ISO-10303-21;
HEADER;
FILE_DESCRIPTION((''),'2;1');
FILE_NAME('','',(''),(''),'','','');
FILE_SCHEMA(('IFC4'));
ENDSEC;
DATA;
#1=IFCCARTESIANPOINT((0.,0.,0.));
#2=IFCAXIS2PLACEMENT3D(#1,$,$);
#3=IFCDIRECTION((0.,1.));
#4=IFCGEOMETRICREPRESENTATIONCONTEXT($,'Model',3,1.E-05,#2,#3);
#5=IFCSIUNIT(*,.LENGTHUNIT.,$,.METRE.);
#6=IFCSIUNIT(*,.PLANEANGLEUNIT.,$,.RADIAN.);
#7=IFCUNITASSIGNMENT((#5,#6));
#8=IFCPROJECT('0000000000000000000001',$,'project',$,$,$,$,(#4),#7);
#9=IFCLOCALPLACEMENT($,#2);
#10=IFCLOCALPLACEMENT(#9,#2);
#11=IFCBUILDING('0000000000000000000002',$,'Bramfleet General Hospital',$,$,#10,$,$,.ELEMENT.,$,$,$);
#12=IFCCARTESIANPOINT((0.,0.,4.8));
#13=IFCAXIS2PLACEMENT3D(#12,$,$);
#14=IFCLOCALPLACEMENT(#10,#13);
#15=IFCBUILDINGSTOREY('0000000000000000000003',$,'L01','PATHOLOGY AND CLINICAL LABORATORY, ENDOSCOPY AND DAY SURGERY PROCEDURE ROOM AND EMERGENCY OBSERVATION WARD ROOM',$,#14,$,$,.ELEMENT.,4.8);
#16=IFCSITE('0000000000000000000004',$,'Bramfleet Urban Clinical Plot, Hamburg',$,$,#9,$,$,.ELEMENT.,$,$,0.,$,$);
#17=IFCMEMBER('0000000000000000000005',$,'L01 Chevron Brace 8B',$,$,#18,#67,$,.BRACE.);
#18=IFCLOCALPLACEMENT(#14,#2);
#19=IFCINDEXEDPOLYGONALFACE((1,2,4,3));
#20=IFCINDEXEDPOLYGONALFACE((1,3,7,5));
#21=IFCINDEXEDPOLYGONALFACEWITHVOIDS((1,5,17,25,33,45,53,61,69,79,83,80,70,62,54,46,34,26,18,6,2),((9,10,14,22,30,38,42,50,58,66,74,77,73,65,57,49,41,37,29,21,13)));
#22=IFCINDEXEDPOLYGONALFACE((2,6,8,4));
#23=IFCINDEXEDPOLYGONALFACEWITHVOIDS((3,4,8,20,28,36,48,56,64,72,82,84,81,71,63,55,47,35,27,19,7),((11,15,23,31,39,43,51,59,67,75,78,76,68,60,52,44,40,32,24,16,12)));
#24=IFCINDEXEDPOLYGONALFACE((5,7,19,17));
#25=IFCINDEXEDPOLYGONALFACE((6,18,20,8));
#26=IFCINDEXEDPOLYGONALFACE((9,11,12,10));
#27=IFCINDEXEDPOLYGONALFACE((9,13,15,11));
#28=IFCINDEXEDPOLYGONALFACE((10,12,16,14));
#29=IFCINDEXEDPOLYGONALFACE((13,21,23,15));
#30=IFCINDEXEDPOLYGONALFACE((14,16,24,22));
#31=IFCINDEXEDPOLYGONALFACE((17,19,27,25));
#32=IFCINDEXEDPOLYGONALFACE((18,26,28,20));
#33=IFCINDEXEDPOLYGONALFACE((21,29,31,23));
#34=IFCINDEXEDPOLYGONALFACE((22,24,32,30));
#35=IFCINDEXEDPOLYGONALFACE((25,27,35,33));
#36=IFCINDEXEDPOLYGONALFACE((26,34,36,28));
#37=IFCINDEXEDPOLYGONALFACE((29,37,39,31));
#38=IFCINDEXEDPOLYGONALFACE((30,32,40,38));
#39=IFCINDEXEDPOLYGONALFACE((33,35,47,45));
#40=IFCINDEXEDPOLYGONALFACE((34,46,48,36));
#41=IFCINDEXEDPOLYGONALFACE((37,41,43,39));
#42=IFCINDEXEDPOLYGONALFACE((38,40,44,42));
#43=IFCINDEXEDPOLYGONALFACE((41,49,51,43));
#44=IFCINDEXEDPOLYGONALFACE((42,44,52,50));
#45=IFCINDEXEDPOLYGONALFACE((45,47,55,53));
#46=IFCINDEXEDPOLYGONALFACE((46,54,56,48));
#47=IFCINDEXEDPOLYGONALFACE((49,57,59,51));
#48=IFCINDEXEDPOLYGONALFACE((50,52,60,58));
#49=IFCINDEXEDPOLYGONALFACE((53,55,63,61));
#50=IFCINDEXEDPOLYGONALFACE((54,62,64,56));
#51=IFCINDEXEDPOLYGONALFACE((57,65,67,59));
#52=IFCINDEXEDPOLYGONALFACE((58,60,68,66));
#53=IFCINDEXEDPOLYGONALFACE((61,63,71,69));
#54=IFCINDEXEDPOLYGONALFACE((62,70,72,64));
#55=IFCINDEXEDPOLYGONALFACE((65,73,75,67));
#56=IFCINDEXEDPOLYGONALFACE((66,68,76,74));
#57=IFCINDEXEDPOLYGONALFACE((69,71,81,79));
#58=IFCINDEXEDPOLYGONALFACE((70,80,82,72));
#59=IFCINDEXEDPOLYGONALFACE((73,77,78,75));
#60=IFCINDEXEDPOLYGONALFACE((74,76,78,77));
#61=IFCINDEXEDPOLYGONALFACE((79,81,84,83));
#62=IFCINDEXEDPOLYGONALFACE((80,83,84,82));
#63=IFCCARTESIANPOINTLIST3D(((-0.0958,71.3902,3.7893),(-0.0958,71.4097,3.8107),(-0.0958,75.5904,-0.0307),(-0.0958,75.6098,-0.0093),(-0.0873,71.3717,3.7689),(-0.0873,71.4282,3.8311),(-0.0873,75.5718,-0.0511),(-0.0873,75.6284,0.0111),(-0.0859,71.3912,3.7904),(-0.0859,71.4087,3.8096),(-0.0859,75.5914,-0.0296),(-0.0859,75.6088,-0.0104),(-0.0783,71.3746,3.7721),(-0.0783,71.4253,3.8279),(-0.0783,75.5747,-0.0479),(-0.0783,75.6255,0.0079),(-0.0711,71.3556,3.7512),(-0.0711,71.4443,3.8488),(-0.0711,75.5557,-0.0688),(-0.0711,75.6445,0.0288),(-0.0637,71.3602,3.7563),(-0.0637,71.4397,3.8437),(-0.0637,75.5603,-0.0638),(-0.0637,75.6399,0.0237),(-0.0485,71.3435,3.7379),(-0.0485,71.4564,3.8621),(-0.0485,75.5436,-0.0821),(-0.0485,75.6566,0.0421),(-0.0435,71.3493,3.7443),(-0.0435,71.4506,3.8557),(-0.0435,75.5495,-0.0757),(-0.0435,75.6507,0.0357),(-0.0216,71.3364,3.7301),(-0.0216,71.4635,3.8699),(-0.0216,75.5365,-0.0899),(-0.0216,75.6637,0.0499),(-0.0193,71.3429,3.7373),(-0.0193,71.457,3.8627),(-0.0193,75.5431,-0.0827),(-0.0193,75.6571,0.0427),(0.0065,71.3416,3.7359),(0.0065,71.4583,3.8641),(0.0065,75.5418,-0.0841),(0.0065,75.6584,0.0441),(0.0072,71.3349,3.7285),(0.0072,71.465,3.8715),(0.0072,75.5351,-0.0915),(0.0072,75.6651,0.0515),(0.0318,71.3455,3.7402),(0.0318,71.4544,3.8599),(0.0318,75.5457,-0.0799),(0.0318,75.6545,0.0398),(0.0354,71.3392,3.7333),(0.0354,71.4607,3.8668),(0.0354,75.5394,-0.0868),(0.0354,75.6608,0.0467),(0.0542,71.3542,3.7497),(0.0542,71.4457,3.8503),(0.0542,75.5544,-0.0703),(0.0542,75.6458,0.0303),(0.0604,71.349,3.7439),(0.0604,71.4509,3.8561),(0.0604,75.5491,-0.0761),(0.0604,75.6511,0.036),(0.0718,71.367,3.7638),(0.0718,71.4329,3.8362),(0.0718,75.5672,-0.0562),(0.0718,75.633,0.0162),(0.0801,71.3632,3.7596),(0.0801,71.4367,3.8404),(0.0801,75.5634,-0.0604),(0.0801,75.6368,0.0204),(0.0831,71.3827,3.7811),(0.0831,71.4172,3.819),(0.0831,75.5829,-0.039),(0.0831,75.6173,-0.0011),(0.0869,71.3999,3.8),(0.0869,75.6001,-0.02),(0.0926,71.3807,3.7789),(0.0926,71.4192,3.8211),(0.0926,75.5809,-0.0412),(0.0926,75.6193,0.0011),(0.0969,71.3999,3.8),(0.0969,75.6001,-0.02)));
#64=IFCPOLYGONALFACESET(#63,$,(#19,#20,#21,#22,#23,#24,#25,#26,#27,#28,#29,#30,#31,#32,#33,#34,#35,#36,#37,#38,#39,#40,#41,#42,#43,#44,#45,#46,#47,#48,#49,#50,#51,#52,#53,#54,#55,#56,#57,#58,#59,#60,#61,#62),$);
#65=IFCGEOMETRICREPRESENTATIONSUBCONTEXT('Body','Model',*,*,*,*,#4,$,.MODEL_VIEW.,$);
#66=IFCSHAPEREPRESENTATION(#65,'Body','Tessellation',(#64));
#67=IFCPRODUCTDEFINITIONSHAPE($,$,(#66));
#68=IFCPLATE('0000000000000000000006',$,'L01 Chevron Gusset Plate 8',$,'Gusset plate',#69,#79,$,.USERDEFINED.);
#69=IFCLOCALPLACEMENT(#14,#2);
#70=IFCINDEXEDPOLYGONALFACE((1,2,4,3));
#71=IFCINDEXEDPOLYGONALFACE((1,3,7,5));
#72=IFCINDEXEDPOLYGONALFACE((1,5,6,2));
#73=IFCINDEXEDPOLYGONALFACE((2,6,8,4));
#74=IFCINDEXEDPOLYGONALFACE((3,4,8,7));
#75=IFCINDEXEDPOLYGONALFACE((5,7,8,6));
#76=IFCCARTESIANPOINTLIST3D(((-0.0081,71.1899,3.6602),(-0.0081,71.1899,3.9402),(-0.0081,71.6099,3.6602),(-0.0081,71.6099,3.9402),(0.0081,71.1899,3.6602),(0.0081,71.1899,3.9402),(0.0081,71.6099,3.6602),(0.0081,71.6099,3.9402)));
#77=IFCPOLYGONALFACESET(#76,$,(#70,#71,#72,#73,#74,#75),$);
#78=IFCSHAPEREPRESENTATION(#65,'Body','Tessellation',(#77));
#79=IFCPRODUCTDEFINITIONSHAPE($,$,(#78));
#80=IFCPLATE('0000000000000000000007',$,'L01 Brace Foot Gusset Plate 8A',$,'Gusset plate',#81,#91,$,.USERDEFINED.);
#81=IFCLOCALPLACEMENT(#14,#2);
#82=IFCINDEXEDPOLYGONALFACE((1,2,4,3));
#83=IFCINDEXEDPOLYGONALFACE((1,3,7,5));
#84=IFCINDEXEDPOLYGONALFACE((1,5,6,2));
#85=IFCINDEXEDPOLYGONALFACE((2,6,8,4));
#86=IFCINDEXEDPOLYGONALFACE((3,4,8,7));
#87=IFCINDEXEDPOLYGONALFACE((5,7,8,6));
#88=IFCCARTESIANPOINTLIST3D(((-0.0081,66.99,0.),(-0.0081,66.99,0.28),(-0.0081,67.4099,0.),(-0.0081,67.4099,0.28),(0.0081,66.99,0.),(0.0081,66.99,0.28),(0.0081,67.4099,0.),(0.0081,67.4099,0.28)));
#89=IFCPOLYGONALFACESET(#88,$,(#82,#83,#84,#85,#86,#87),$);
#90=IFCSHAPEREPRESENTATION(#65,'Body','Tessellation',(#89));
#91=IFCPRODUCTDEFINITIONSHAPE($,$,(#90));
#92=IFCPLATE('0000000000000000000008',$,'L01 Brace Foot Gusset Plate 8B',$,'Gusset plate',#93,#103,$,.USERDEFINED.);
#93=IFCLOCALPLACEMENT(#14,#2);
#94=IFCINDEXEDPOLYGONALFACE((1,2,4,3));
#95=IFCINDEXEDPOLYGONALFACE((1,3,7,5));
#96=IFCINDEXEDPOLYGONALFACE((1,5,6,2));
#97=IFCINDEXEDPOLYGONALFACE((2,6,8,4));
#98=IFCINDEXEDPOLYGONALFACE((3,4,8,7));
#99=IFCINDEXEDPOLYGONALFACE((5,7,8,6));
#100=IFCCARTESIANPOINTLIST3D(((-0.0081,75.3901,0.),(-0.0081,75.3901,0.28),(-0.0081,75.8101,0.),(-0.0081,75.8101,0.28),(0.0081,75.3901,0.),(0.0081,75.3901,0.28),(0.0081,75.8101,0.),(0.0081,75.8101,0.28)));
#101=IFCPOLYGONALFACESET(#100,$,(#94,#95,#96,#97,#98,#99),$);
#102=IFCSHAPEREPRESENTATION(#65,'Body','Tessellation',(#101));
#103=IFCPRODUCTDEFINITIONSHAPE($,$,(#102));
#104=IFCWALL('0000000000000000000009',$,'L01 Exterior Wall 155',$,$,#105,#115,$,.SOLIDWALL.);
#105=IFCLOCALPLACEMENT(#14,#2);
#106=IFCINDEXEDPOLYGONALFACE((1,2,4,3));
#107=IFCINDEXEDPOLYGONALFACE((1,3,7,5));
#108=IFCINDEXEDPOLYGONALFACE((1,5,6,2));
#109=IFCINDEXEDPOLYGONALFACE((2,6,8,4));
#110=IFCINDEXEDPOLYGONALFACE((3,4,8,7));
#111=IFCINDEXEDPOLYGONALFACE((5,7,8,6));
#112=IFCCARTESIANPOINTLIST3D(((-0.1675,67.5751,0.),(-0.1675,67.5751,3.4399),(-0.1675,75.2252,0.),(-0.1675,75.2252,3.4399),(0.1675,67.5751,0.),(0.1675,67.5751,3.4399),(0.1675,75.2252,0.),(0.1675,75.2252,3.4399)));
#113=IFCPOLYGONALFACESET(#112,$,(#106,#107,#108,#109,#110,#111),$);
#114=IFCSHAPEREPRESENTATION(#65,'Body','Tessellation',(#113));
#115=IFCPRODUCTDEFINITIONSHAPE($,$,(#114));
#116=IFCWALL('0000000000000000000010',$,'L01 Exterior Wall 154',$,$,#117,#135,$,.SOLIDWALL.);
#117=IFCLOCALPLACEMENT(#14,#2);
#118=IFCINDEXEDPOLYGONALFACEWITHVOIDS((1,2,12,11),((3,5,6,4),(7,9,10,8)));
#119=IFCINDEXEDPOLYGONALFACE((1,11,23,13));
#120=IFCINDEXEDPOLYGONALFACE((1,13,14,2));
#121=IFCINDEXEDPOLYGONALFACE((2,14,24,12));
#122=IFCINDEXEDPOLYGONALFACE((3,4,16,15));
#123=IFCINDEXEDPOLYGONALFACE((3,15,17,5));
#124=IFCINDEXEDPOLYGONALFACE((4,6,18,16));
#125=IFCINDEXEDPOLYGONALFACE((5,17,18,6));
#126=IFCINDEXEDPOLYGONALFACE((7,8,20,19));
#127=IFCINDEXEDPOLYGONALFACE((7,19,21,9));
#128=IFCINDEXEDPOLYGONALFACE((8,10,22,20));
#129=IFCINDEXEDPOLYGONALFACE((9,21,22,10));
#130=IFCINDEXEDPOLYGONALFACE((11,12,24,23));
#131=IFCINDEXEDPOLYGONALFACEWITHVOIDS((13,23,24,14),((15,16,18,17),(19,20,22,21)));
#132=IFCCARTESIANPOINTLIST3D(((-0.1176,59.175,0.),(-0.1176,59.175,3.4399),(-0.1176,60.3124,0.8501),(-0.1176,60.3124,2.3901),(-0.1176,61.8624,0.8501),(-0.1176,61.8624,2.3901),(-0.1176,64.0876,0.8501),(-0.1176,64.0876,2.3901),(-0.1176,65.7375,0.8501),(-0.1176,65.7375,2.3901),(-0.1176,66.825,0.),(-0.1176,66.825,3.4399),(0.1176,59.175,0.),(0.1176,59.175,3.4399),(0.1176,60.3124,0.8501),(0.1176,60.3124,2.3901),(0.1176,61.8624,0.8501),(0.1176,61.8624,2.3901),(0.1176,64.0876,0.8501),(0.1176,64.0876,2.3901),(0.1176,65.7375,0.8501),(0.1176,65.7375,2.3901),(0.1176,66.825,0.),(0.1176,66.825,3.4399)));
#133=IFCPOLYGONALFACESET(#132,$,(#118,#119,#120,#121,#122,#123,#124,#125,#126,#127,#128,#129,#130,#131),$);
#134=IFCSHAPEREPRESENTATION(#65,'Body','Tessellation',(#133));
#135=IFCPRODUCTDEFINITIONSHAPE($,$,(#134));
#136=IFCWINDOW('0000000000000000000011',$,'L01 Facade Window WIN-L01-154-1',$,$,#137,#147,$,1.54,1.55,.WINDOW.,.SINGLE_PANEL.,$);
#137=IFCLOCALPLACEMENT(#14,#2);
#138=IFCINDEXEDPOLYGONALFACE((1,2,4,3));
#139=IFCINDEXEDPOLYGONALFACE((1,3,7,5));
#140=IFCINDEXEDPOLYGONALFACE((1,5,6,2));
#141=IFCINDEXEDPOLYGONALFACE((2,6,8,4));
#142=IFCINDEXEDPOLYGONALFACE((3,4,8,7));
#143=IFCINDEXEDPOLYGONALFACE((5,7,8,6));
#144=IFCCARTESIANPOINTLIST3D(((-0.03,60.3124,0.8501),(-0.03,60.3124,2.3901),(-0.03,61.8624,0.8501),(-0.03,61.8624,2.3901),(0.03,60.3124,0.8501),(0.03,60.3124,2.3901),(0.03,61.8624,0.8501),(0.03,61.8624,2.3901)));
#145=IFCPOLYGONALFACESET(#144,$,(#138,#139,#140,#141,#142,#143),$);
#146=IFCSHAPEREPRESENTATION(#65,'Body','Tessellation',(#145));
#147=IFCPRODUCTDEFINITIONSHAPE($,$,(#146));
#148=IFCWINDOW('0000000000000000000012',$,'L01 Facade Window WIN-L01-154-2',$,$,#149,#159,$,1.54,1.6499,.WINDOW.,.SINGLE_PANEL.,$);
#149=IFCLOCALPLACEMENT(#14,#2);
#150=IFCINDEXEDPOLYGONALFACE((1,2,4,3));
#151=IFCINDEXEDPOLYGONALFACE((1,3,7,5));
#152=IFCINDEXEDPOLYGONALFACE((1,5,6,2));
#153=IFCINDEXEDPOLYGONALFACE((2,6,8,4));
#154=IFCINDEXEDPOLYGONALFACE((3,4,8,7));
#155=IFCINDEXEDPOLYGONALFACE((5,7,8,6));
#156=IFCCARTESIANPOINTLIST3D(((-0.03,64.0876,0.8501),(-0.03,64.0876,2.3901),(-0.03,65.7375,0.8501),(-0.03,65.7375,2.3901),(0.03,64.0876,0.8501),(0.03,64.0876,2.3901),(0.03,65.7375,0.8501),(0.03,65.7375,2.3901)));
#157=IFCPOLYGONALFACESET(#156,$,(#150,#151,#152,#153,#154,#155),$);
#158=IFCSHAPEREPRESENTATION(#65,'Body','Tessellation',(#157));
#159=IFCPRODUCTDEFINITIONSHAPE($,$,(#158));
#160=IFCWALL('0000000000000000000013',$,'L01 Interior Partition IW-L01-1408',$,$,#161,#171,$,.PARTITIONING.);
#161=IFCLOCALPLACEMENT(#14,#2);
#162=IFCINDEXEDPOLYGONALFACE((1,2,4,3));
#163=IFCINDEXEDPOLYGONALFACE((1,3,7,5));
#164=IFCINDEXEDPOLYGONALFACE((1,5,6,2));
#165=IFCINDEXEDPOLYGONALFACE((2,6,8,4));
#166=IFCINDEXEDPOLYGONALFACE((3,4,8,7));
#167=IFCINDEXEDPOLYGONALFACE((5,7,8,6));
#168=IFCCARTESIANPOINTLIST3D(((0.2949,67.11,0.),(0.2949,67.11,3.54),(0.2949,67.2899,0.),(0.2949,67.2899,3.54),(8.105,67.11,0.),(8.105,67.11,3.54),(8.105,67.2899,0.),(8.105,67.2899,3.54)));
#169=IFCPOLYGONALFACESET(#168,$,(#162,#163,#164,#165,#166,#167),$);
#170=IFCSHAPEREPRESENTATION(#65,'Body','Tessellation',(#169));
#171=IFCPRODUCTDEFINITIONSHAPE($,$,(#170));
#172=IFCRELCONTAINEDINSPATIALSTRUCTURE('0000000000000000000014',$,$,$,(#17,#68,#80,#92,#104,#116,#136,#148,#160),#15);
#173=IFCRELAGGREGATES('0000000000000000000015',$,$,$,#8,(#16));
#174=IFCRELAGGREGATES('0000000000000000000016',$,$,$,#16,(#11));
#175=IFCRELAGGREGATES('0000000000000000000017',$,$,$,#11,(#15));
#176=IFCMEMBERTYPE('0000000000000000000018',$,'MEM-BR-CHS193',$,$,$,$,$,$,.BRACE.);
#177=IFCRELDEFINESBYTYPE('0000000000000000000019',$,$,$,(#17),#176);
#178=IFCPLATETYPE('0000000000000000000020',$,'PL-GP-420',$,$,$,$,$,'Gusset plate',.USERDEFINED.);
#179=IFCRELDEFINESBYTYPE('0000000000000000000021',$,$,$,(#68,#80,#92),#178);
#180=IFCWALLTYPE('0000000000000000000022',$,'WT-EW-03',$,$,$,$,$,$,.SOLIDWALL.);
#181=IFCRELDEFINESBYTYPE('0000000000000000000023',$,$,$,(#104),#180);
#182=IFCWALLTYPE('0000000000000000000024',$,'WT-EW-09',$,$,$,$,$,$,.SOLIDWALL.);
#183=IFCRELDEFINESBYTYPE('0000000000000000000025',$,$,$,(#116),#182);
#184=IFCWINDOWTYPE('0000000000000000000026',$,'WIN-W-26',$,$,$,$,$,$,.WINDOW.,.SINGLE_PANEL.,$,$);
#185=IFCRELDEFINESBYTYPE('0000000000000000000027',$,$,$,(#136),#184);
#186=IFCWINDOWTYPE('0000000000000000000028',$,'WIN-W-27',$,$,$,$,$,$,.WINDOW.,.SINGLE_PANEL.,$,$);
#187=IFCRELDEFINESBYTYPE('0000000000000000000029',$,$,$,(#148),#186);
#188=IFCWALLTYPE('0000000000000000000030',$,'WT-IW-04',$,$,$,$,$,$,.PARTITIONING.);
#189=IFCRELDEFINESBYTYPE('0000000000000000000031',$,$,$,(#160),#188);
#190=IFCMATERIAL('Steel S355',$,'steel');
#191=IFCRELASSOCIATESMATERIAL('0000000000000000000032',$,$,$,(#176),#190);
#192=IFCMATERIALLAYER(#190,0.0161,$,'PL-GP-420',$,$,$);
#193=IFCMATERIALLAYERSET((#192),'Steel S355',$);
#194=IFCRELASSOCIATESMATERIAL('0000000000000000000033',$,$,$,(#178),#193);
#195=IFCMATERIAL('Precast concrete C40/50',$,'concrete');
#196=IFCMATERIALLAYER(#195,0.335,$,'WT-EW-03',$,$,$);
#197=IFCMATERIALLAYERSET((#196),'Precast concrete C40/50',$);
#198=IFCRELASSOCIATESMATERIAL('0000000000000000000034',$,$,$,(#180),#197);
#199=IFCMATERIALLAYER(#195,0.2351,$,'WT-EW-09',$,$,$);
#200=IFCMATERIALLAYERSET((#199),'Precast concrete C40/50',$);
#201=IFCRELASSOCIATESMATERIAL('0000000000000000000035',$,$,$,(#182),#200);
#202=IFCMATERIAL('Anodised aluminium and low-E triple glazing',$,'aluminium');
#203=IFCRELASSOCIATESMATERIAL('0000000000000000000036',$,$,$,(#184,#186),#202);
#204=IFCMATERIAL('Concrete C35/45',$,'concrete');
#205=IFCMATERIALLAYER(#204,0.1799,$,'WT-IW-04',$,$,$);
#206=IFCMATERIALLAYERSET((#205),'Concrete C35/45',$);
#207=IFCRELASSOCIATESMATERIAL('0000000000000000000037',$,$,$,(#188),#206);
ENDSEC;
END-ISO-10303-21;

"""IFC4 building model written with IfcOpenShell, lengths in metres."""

from ifc_helpers import new_model, si_unit, direction, frame, frame_2d, origin, origin_2d, place, context, subcontext, project, spatial, rectangle, hollow_circle, extrude, material, layer, layer_set, material_profile, profile_set, type_object, element, fill, save


model = new_model("IFC4")

# Units and contexts
model_context = context("Model", 3, precision=1e-05, world=origin(), true_north=direction((0.0, 1.0)))
body_context = subcontext(model_context, "Body", "Model", "MODEL_VIEW")
ifc_project = project(units=[si_unit("LENGTHUNIT", "METRE"), si_unit("PLANEANGLEUNIT", "RADIAN")], contexts=[model_context])

# Site, building, storey
site_placement = place(None, origin())
site = spatial("IfcSite", under=ifc_project, at=site_placement, Name="Bramfleet Urban Clinical Plot, Hamburg", CompositionType="ELEMENT", RefElevation=0.0)
building_placement = place(site_placement, origin())
building = spatial("IfcBuilding", under=site, at=building_placement, Name="Bramfleet General Hospital", CompositionType="ELEMENT")
storey_placement = place(building_placement, frame((0.0, 0.0, 4.8)))
storey = spatial("IfcBuildingStorey", under=building, at=storey_placement, Name="L01", Description="PATHOLOGY AND CLINICAL LABORATORY, ENDOSCOPY AND DAY SURGERY PROCEDURE ROOM AND EMERGENCY OBSERVATION WARD ROOM", CompositionType="ELEMENT", Elevation=4.8)

# Shared definitions
ifc_material_1 = material(Name="Concrete C35/45", Category="concrete")

# Member
ifc_material_2 = material(Name="Steel S355", Category="steel")
ifc_material_profile_1 = material_profile(ifc_material_2, hollow_circle(Radius=0.0969, WallThickness=0.01, at=origin_2d()), Name="CHS 193.7x10.0")
ifc_profile_set_1 = profile_set([ifc_material_profile_1], Name="Steel S355")
member_type = type_object("IfcMemberType", Name="MEM-BR-CHS193", PredefinedType="BRACE", material=ifc_profile_set_1)
for number, where, z_axis, x_axis, name in (
    (1, (0.0, 75.6001, -0.02), (0.0, -0.73979, 0.672838), (1.0, 0.0, 0.0), "L01 Chevron Brace 8B"),
):
    element("IfcMember", number, at=place(storey_placement, frame(where, z_axis=z_axis, x_axis=x_axis)), inside=storey, type_object=member_type, Name=name, PredefinedType="BRACE", context=body_context, shape_type="SweptSolid", body=[
        extrude(hollow_circle(Radius=0.0969, WallThickness=0.01, at=origin_2d()), origin(), (0.0, 0.0, 1.0), 5.6775),
    ])

# Plates
ifc_layer_1 = layer(ifc_material_2, 0.0161, Name="PL-GP-420")
ifc_layer_set_1 = layer_set([ifc_layer_1], Name="Steel S355")
plate_type = type_object("IfcPlateType", Name="PL-GP-420", ElementType="Gusset plate", PredefinedType="USERDEFINED", material=ifc_layer_set_1)
for number, where, z_axis, x_axis, name in (
    (2, (0.0, 71.3999, 3.6602), (0.0, 0.0, 1.0), (1.0, 0.0, 0.0), "L01 Chevron Gusset Plate 8"),
    (3, (0.0, 67.2, 0.0), (0.0, 0.0, 1.0), (1.0, 0.0, 0.0), "L01 Brace Foot Gusset Plate 8A"),
    (4, (0.0, 75.6001, 0.0), (0.0, 0.0, 1.0), (1.0, 0.0, 0.0), "L01 Brace Foot Gusset Plate 8B"),
):
    element("IfcPlate", number, at=place(storey_placement, frame(where, z_axis=z_axis, x_axis=x_axis)), inside=storey, type_object=plate_type, Name=name, ObjectType="Gusset plate", PredefinedType="USERDEFINED", context=body_context, shape_type="SweptSolid", body=[
        extrude(rectangle(XDim=0.0161, YDim=0.4199, at=origin_2d()), origin(), (0.0, 0.0, 1.0), 0.28),
    ])

# Wall
ifc_material_3 = material(Name="Precast concrete C40/50", Category="concrete")
ifc_layer_2 = layer(ifc_material_3, 0.335, Name="WT-EW-03")
ifc_layer_set_2 = layer_set([ifc_layer_2], Name="Precast concrete C40/50")
wall_type_1 = type_object("IfcWallType", Name="WT-EW-03", PredefinedType="SOLIDWALL", material=ifc_layer_set_2)
wall_1_placement = place(storey_placement, frame((0.0, 67.575, 0.0), z_axis=(0.0, 0.0, 1.0), x_axis=(0.0, 1.0, 0.0)))
element("IfcWall", 5, at=wall_1_placement, inside=storey, type_object=wall_type_1, Name="L01 Exterior Wall 155", PredefinedType="SOLIDWALL", context=body_context, shape_type="SweptSolid", body=[
    extrude(rectangle(XDim=7.6501, YDim=0.335, at=frame_2d((3.8252, 0.0))), origin(), (0.0, 0.0, 1.0), 3.4399),
])

# Wall, openings, windows
ifc_layer_3 = layer(ifc_material_3, 0.2351, Name="WT-EW-09")
ifc_layer_set_3 = layer_set([ifc_layer_3], Name="Precast concrete C40/50")
wall_type_2 = type_object("IfcWallType", Name="WT-EW-09", PredefinedType="SOLIDWALL", material=ifc_layer_set_3)
wall_2_placement = place(storey_placement, frame((0.0, 59.175, 0.0), z_axis=(0.0, 0.0, 1.0), x_axis=(0.0, 1.0, 0.0)))
wall_2 = element("IfcWall", 6, at=wall_2_placement, inside=storey, type_object=wall_type_2, Name="L01 Exterior Wall 154", PredefinedType="SOLIDWALL", context=body_context, shape_type="SweptSolid", body=[
    extrude(rectangle(XDim=7.6499, YDim=0.2351, at=frame_2d((3.825, 0.0))), origin(), (0.0, 0.0, 1.0), 3.4399),
])
opening_1_placement = place(wall_2_placement, frame((1.1375, 0.0, 0.8501)))
opening_1 = element("IfcOpeningElement", 7, at=opening_1_placement, cuts=wall_2, PredefinedType="OPENING", context=body_context, shape_type="SweptSolid", body=[
    extrude(rectangle(XDim=1.55, YDim=1.54, at=frame_2d((0.7749, 0.77))), frame((0.0, 0.1274, 0.0), z_axis=(0.0, -1.0, 0.0), x_axis=(1.0, 0.0, 0.0)), (0.0, 0.0, 1.0), 0.2551),
])
opening_2_placement = place(wall_2_placement, frame((4.9126, 0.0, 0.8501)))
opening_2 = element("IfcOpeningElement", 8, at=opening_2_placement, cuts=wall_2, PredefinedType="OPENING", context=body_context, shape_type="SweptSolid", body=[
    extrude(rectangle(XDim=1.6499, YDim=1.54, at=frame_2d((0.825, 0.77))), frame((0.0, 0.1274, 0.0), z_axis=(0.0, -1.0, 0.0), x_axis=(1.0, 0.0, 0.0)), (0.0, 0.0, 1.0), 0.2551),
])
ifc_material_4 = material(Name="Anodised aluminium and low-E triple glazing", Category="aluminium")
window_type_1 = type_object("IfcWindowType", Name="WIN-W-26", PartitioningType="SINGLE_PANEL", PredefinedType="WINDOW", material=ifc_material_4)
window_1_placement = place(opening_1_placement, origin())
window_1 = element("IfcWindow", 9, at=window_1_placement, inside=storey, type_object=window_type_1, Name="L01 Facade Window WIN-L01-154-1", OverallHeight=1.54, OverallWidth=1.55, PartitioningType="SINGLE_PANEL", PredefinedType="WINDOW", context=body_context, shape_type="SweptSolid", body=[
    extrude(rectangle(XDim=1.55, YDim=1.54, at=frame_2d((0.7749, 0.77))), frame((0.0, 0.03, 0.0), z_axis=(0.0, -1.0, 0.0), x_axis=(1.0, 0.0, 0.0)), (0.0, 0.0, 1.0), 0.0601),
])
fill(opening_1, window_1)
window_type_2 = type_object("IfcWindowType", Name="WIN-W-27", PartitioningType="SINGLE_PANEL", PredefinedType="WINDOW", material=ifc_material_4)
window_2_placement = place(opening_2_placement, origin())
window_2 = element("IfcWindow", 10, at=window_2_placement, inside=storey, type_object=window_type_2, Name="L01 Facade Window WIN-L01-154-2", OverallHeight=1.54, OverallWidth=1.6499, PartitioningType="SINGLE_PANEL", PredefinedType="WINDOW", context=body_context, shape_type="SweptSolid", body=[
    extrude(rectangle(XDim=1.6499, YDim=1.54, at=frame_2d((0.825, 0.77))), frame((0.0, 0.03, 0.0), z_axis=(0.0, -1.0, 0.0), x_axis=(1.0, 0.0, 0.0)), (0.0, 0.0, 1.0), 0.0601),
])
fill(opening_2, window_2)

# Wall
ifc_layer_4 = layer(ifc_material_1, 0.1799, Name="WT-IW-04")
ifc_layer_set_4 = layer_set([ifc_layer_4], Name="Concrete C35/45")
wall_type_3 = type_object("IfcWallType", Name="WT-IW-04", PredefinedType="PARTITIONING", material=ifc_layer_set_4)
wall_3_placement = place(storey_placement, frame((0.2949, 67.2, 0.0), z_axis=(0.0, 0.0, 1.0), x_axis=(1.0, 0.0, 0.0)))
element("IfcWall", 11, at=wall_3_placement, inside=storey, type_object=wall_type_3, Name="L01 Interior Partition IW-L01-1408", PredefinedType="PARTITIONING", context=body_context, shape_type="SweptSolid", body=[
    extrude(rectangle(XDim=7.8101, YDim=0.1799, at=frame_2d((3.905, 0.0))), origin(), (0.0, 0.0, 1.0), 3.54),
])

save(model, "model.ifc")
